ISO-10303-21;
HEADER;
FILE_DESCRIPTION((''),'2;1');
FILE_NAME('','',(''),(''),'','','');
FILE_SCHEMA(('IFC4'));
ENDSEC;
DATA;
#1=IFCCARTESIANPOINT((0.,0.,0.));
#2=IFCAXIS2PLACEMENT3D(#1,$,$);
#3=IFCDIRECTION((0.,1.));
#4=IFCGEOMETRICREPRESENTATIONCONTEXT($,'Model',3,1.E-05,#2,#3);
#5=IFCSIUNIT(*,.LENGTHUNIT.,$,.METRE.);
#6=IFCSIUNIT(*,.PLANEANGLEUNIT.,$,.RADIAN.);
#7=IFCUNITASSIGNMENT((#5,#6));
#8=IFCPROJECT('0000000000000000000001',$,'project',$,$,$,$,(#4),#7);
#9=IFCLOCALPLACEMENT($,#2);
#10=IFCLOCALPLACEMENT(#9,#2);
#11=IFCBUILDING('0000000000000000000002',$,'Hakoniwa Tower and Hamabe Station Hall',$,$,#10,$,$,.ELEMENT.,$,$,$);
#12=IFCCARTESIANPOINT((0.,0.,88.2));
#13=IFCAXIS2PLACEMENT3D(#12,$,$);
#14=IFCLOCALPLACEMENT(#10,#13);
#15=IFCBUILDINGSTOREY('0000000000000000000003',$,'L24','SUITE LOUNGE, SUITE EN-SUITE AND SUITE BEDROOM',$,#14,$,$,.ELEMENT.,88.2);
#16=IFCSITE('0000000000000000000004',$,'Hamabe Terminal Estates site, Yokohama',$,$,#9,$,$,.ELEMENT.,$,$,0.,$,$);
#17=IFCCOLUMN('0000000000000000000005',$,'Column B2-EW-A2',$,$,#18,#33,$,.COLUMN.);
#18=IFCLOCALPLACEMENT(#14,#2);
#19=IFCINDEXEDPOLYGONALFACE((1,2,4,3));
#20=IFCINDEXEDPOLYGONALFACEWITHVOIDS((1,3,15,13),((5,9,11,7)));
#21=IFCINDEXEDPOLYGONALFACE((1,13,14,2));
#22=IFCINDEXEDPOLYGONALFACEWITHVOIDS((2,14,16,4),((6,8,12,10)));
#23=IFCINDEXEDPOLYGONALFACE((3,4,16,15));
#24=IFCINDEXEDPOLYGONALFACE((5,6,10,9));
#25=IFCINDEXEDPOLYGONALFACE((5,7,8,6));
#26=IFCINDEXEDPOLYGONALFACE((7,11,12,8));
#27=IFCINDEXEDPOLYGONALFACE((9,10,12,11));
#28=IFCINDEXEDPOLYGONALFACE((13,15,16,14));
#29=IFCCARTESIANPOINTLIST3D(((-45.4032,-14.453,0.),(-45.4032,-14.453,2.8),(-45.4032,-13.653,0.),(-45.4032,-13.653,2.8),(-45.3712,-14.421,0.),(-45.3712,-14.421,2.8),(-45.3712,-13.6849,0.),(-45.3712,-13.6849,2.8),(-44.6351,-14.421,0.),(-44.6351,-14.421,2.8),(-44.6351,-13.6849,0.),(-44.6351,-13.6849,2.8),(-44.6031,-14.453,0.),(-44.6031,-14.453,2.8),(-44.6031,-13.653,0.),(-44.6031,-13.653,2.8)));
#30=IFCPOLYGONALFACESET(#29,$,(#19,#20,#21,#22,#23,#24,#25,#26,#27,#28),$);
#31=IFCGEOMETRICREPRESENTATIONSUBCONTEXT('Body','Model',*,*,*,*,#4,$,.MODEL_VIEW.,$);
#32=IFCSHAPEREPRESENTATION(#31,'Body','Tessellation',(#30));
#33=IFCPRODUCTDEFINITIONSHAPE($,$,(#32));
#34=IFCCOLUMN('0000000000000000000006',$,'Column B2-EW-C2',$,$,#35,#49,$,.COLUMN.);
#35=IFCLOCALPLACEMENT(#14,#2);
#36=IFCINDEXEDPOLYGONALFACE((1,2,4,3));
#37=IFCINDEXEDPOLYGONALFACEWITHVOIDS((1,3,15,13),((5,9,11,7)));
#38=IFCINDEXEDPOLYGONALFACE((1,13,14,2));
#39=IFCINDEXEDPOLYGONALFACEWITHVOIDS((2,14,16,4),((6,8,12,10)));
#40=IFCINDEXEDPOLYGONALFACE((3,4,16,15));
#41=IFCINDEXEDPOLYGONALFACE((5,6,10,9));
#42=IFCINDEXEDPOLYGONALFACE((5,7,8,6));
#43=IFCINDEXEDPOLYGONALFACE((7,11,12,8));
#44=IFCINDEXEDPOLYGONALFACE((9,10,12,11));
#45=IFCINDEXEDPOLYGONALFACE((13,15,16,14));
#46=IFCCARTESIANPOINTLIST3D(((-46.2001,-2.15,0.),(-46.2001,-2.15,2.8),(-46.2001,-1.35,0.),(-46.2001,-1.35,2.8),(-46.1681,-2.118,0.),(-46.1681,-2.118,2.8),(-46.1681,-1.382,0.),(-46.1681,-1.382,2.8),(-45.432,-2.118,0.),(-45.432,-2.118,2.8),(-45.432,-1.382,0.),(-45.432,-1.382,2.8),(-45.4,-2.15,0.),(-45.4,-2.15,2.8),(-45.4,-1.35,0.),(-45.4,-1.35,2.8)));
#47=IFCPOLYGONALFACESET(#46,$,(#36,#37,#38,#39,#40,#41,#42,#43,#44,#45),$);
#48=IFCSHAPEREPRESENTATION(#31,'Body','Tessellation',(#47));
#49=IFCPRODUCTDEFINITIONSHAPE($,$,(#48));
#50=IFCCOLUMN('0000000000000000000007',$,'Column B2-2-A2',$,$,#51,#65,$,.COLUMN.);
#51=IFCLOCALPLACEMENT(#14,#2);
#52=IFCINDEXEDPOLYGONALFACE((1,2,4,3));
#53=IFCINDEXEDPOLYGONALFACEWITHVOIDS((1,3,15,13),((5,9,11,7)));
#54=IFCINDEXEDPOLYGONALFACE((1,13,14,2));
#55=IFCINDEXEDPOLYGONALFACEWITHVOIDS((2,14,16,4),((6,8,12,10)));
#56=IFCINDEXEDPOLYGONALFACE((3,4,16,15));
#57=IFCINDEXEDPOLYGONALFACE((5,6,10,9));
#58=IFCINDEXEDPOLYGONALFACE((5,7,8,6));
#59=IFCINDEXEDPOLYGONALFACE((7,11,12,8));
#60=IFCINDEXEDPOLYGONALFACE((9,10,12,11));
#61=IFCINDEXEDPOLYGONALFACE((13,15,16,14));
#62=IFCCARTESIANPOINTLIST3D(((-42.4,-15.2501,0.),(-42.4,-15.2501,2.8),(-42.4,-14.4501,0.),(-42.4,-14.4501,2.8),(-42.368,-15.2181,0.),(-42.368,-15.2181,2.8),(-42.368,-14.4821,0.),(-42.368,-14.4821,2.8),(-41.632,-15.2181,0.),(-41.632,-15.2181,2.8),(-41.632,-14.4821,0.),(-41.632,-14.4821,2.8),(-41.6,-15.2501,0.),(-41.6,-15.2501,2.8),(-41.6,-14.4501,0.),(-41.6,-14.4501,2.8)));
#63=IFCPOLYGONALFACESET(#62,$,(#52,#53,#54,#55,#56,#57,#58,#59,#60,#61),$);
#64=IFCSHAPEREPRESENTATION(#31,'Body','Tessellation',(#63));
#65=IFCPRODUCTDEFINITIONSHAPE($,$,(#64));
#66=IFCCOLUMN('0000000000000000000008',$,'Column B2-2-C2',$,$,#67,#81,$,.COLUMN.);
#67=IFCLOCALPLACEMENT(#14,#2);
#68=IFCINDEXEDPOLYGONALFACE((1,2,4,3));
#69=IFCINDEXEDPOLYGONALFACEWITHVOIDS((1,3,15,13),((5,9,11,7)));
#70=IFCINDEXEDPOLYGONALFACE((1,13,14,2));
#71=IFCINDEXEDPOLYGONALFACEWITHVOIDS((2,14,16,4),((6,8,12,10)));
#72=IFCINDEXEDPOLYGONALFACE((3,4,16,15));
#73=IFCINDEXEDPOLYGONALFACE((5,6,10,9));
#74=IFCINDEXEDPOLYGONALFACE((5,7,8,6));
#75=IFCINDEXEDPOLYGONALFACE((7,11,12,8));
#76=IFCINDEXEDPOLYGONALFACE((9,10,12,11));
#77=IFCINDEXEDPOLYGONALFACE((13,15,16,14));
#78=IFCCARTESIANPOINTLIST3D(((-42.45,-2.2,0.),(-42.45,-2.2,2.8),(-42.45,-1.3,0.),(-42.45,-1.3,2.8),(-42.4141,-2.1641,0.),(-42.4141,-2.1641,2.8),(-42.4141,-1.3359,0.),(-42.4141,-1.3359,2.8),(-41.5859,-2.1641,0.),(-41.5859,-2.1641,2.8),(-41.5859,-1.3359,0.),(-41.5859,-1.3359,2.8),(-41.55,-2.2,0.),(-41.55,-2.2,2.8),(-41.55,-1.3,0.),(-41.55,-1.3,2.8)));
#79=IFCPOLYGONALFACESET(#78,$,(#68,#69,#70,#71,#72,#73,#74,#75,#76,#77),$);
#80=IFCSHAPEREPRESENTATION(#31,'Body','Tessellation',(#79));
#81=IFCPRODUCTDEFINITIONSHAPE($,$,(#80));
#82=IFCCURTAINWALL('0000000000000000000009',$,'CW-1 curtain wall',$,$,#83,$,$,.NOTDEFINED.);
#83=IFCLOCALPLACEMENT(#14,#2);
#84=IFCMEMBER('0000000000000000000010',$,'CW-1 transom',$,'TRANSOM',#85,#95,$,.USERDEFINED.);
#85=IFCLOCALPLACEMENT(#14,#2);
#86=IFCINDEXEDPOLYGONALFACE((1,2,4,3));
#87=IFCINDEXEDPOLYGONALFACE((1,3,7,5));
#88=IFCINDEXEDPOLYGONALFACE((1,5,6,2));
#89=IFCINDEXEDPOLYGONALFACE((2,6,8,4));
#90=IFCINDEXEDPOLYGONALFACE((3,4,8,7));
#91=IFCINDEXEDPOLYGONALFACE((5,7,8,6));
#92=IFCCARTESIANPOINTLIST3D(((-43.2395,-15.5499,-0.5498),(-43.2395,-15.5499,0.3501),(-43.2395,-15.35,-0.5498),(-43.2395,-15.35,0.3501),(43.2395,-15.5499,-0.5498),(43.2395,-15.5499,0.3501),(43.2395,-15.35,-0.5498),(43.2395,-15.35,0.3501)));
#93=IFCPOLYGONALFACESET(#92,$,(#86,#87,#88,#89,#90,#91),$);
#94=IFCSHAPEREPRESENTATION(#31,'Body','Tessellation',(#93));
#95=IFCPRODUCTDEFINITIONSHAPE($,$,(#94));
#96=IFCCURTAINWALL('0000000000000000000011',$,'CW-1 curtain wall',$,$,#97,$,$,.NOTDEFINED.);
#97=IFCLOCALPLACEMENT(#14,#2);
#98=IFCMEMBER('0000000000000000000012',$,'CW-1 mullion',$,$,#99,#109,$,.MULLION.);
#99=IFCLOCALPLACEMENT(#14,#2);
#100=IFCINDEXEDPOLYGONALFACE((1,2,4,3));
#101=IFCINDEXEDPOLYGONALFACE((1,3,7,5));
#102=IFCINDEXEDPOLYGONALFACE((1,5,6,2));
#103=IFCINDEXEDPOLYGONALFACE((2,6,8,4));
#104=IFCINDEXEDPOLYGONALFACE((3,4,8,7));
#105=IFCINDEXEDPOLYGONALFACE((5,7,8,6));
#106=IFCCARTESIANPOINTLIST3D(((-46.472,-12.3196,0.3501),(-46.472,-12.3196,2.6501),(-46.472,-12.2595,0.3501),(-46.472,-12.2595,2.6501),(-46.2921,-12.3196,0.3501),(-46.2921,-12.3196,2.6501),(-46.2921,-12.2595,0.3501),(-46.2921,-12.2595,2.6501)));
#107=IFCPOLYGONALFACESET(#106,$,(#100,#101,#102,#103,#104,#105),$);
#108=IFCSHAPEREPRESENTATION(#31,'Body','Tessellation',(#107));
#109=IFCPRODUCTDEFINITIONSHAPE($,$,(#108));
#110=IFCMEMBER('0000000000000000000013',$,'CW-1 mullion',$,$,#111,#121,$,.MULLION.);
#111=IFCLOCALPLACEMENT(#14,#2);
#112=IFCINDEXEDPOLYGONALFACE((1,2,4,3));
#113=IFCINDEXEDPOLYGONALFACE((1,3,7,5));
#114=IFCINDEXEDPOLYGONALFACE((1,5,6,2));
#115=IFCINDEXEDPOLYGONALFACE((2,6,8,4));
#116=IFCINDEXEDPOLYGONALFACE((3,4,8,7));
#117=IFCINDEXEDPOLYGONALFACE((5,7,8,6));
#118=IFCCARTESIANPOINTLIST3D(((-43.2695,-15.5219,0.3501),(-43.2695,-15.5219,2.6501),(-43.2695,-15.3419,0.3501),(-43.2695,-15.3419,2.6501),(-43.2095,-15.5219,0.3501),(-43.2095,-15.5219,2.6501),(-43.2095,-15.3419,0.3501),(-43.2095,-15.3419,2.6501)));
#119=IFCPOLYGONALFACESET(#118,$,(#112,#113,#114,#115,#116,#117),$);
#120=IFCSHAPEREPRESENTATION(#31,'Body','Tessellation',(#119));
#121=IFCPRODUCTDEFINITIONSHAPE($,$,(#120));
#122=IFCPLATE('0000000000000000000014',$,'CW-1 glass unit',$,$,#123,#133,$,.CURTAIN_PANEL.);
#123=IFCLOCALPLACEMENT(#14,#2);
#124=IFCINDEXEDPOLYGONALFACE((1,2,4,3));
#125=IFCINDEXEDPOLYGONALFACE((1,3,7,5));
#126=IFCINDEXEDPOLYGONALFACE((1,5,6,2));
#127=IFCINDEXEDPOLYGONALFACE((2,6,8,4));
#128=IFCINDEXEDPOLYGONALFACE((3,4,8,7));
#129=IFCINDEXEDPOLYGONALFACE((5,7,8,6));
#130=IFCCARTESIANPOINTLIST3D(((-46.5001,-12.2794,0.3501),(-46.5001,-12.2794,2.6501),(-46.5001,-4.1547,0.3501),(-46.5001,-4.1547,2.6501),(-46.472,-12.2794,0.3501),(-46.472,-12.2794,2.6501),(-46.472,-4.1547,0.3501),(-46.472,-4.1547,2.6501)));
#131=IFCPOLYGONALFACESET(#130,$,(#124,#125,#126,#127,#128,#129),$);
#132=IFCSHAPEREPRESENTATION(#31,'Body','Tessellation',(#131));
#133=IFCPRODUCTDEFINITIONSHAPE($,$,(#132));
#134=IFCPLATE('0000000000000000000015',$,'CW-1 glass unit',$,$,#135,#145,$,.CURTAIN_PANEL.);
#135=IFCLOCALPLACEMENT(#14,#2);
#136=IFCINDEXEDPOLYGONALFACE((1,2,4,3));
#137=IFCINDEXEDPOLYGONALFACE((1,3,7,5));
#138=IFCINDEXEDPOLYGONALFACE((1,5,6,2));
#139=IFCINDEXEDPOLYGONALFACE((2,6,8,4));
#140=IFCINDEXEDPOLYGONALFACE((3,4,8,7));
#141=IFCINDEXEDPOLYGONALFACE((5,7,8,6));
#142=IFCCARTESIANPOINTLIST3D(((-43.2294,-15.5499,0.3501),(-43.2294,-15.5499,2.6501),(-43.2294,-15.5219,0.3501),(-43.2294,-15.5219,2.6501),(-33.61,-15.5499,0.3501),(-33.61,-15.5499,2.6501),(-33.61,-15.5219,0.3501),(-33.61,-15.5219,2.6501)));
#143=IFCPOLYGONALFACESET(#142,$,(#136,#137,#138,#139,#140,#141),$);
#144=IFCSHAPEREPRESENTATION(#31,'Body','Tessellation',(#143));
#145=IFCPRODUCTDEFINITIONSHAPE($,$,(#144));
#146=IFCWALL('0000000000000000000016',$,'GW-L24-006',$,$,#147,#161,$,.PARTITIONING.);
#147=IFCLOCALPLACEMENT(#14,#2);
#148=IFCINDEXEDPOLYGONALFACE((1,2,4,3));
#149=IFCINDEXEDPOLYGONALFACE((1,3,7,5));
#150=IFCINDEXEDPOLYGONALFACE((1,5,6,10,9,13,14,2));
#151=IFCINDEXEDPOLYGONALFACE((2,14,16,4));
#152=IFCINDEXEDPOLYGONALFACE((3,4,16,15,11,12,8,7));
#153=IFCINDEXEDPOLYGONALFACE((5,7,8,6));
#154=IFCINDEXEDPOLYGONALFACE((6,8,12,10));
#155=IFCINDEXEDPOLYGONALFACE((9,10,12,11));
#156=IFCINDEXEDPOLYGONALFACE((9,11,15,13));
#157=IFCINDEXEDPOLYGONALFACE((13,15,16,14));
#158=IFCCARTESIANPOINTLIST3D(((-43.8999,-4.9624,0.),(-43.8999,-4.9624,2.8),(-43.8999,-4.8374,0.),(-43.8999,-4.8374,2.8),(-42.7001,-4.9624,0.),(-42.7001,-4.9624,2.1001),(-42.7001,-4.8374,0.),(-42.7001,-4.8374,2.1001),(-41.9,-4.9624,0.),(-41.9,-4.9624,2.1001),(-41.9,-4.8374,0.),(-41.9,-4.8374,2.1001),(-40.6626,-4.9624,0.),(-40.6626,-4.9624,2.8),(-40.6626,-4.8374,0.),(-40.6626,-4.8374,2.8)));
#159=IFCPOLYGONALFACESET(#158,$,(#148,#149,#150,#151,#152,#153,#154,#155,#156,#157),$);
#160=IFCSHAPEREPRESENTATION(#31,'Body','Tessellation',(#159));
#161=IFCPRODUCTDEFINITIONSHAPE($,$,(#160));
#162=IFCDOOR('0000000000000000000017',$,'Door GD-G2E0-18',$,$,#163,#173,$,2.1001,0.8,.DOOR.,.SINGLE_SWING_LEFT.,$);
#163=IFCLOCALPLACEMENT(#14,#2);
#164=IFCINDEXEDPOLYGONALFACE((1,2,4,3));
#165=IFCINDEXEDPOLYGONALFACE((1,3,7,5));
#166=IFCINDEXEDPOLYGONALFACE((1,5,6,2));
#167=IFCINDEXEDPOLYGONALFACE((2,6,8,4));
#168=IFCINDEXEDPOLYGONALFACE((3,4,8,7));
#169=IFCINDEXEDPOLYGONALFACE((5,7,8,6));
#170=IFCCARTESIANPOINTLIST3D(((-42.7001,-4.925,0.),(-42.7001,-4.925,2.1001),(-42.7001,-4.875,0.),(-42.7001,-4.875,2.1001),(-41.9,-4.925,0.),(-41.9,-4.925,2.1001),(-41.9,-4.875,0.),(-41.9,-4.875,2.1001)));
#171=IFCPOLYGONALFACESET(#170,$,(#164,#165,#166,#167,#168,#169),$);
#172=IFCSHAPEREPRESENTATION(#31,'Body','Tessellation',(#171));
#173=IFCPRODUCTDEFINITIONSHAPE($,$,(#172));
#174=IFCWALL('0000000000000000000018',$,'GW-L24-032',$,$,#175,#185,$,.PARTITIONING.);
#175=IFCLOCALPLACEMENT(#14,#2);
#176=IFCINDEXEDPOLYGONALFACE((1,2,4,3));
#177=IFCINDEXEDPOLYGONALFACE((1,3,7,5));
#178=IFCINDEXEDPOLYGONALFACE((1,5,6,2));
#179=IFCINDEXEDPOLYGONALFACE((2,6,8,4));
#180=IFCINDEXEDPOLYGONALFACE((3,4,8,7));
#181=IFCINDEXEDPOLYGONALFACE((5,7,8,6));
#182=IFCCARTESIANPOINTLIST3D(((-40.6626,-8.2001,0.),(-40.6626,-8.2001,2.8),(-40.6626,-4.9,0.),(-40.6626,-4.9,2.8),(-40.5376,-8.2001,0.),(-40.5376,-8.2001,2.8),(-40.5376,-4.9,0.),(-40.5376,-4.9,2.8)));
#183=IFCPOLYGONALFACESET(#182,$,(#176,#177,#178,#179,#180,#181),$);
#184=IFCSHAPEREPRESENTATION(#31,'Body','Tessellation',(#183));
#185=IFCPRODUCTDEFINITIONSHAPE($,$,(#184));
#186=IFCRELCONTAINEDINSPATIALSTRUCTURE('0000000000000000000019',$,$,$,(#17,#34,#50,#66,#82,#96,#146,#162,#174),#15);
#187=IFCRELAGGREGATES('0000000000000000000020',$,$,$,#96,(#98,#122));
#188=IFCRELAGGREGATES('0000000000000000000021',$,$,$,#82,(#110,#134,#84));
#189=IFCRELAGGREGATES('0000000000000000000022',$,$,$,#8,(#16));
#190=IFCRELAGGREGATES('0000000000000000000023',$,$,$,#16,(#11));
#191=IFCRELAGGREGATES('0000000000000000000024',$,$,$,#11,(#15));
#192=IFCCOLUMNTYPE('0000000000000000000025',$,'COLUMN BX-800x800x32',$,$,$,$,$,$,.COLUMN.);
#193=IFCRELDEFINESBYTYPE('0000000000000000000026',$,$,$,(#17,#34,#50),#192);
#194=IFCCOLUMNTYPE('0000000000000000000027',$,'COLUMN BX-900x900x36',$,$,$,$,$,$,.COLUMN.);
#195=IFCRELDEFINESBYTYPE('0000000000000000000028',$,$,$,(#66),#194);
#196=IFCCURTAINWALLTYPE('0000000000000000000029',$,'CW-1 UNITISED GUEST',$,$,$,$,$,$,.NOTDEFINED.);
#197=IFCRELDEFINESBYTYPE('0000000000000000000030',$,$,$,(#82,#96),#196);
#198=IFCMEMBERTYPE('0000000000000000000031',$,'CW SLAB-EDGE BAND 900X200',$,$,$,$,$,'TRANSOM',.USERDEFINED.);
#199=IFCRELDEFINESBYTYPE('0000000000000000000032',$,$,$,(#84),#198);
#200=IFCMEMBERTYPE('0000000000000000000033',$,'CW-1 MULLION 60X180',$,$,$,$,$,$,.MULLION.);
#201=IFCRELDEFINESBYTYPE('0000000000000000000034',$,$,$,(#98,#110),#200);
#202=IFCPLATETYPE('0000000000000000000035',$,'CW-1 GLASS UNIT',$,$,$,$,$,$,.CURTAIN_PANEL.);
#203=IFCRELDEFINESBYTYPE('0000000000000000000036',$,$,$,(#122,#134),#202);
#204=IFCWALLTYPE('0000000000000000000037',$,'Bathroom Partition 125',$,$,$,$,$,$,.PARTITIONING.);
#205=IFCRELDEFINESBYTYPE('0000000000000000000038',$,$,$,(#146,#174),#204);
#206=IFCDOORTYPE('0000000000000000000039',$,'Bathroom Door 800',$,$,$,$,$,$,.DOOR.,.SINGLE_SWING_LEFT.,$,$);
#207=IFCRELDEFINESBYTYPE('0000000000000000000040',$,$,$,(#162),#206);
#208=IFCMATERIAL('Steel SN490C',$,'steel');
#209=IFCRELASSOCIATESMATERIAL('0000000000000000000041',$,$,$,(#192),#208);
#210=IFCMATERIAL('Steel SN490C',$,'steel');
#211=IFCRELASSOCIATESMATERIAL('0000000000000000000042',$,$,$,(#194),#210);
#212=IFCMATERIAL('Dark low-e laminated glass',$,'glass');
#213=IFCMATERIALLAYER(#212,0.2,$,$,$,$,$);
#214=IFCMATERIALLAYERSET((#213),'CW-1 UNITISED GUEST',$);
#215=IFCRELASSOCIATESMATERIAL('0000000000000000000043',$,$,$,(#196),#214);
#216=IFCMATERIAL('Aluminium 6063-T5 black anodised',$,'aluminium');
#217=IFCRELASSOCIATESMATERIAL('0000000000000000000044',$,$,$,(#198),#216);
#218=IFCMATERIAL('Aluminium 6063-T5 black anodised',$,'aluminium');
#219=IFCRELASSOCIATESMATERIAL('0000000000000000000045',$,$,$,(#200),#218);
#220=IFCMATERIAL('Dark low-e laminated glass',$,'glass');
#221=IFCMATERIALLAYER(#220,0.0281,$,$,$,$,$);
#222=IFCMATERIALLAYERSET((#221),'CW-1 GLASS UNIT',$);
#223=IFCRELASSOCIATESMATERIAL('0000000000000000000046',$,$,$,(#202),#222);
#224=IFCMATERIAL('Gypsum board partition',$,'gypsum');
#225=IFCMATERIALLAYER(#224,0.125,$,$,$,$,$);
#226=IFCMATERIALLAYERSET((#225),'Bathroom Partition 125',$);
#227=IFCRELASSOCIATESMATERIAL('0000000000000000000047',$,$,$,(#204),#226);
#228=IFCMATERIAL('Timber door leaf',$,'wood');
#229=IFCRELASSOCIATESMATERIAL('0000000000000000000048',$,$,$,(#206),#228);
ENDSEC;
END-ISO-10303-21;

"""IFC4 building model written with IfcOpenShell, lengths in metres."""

from ifc_helpers import new_model, si_unit, direction, frame, frame_2d, origin, origin_2d, place, context, subcontext, project, spatial, rectangle, hollow_rectangle, extrude, material, layer, layer_set, material_profile, profile_set, type_object, element, fill, aggregate, save


model = new_model("IFC4")

# Units and contexts
model_context = context("Model", 3, precision=1e-05, world=origin(), true_north=direction((0.0, 1.0)))
body_context = subcontext(model_context, "Body", "Model", "MODEL_VIEW")
ifc_project = project(units=[si_unit("LENGTHUNIT", "METRE"), si_unit("PLANEANGLEUNIT", "RADIAN")], contexts=[model_context])

# Site, building, storey
site_placement = place(None, origin())
site = spatial("IfcSite", under=ifc_project, at=site_placement, Name="Hamabe Terminal Estates site, Yokohama", CompositionType="ELEMENT", RefElevation=0.0)
building_placement = place(site_placement, origin())
building = spatial("IfcBuilding", under=site, at=building_placement, Name="Hakoniwa Tower and Hamabe Station Hall", CompositionType="ELEMENT")
storey_placement = place(building_placement, frame((0.0, 0.0, 88.2)))
storey = spatial("IfcBuildingStorey", under=building, at=storey_placement, Name="L24", Description="SUITE LOUNGE, SUITE EN-SUITE AND SUITE BEDROOM", CompositionType="ELEMENT", Elevation=88.2)

# Columns
ifc_material_1 = material(Name="Steel SN490C", Category="steel")
ifc_material_profile_1 = material_profile(ifc_material_1, hollow_rectangle(XDim=0.8, YDim=0.8, WallThickness=0.032, at=origin_2d()), Name="BX-800x800x32")
ifc_profile_set_1 = profile_set([ifc_material_profile_1], Name="Steel SN490C")
column_type_1 = type_object("IfcColumnType", Name="COLUMN BX-800x800x32", PredefinedType="COLUMN", material=ifc_profile_set_1)
for number, where, z_axis, x_axis, name in (
    (1, (-45.0032, -14.053, 0.0), (0.0, 0.0, 1.0), (1.0, 0.0, 0.0), "Column B2-EW-A2"),
    (2, (-45.8, -1.75, 0.0), (0.0, 0.0, 1.0), (1.0, 0.0, 0.0), "Column B2-EW-C2"),
    (3, (-42.0, -14.8501, 0.0), (0.0, 0.0, 1.0), (1.0, 0.0, 0.0), "Column B2-2-A2"),
):
    element("IfcColumn", number, at=place(storey_placement, frame(where, z_axis=z_axis, x_axis=x_axis)), inside=storey, type_object=column_type_1, Name=name, PredefinedType="COLUMN", context=body_context, shape_type="SweptSolid", body=[
        extrude(hollow_rectangle(XDim=0.8, YDim=0.8, WallThickness=0.032, at=origin_2d()), origin(), (0.0, 0.0, 1.0), 2.8),
    ])
ifc_material_2 = material(Name="Steel SN490C", Category="steel")
ifc_material_profile_2 = material_profile(ifc_material_2, hollow_rectangle(XDim=0.8999, YDim=0.8999, WallThickness=0.0359, at=origin_2d()), Name="BX-900x900x36")
ifc_profile_set_2 = profile_set([ifc_material_profile_2], Name="Steel SN490C")
column_type_2 = type_object("IfcColumnType", Name="COLUMN BX-900x900x36", PredefinedType="COLUMN", material=ifc_profile_set_2)
column_placement = place(storey_placement, frame((-42.0, -1.75, 0.0), z_axis=(0.0, 0.0, 1.0), x_axis=(1.0, 0.0, 0.0)))
element("IfcColumn", 4, at=column_placement, inside=storey, type_object=column_type_2, Name="Column B2-2-C2", PredefinedType="COLUMN", context=body_context, shape_type="SweptSolid", body=[
    extrude(hollow_rectangle(XDim=0.8999, YDim=0.8999, WallThickness=0.0359, at=origin_2d()), origin(), (0.0, 0.0, 1.0), 2.8),
])

# Curtain walls, members
ifc_material_3 = material(Name="Dark low-e laminated glass", Category="glass")
ifc_layer_1 = layer(ifc_material_3, 0.2)
ifc_layer_set_1 = layer_set([ifc_layer_1], Name="CW-1 UNITISED GUEST")
curtain_wall_type = type_object("IfcCurtainWallType", Name="CW-1 UNITISED GUEST", PredefinedType="NOTDEFINED", material=ifc_layer_set_1)
curtain_wall_1_placement = place(storey_placement, origin())
curtain_wall_1 = element("IfcCurtainWall", 5, at=curtain_wall_1_placement, inside=storey, type_object=curtain_wall_type, Name="CW-1 curtain wall", PredefinedType="NOTDEFINED")
ifc_material_4 = material(Name="Aluminium 6063-T5 black anodised", Category="aluminium")
ifc_material_profile_3 = material_profile(ifc_material_4, rectangle(XDim=0.2, YDim=0.8999, at=origin_2d()), Name="CW SLAB-EDGE BAND 900X200")
ifc_profile_set_3 = profile_set([ifc_material_profile_3], Name="Aluminium 6063-T5 black anodised")
member_type_1 = type_object("IfcMemberType", Name="CW SLAB-EDGE BAND 900X200", ElementType="TRANSOM", PredefinedType="USERDEFINED", material=ifc_profile_set_3)
member_1_placement = place(storey_placement, frame((-43.2395, -15.45, -0.0999), z_axis=(1.0, 0.0, 0.0), x_axis=(0.0, 1.0, 0.0)))
member_1 = element("IfcMember", 6, at=member_1_placement, type_object=member_type_1, Name="CW-1 transom", ObjectType="TRANSOM", PredefinedType="USERDEFINED", context=body_context, shape_type="SweptSolid", body=[
    extrude(rectangle(XDim=0.2, YDim=0.8999, at=origin_2d()), origin(), (0.0, 0.0, 1.0), 86.479),
])
curtain_wall_2_placement = place(storey_placement, origin())
curtain_wall_2 = element("IfcCurtainWall", 7, at=curtain_wall_2_placement, inside=storey, type_object=curtain_wall_type, Name="CW-1 curtain wall", PredefinedType="NOTDEFINED")
ifc_material_5 = material(Name="Aluminium 6063-T5 black anodised", Category="aluminium")
ifc_material_profile_4 = material_profile(ifc_material_5, rectangle(XDim=0.0601, YDim=0.1799, at=origin_2d()), Name="CW-1 MULLION 60X180")
ifc_profile_set_4 = profile_set([ifc_material_profile_4], Name="Aluminium 6063-T5 black anodised")
member_type_2 = type_object("IfcMemberType", Name="CW-1 MULLION 60X180", PredefinedType="MULLION", material=ifc_profile_set_4)
member_2_placement = place(storey_placement, frame((-46.3821, -12.2896, 0.3501), z_axis=(0.0, 0.0, 1.0), x_axis=(0.0, -1.0, 0.0)))
member_2 = element("IfcMember", 8, at=member_2_placement, type_object=member_type_2, Name="CW-1 mullion", PredefinedType="MULLION", context=body_context, shape_type="SweptSolid", body=[
    extrude(rectangle(XDim=0.0601, YDim=0.1799, at=origin_2d()), origin(), (0.0, 0.0, 1.0), 2.3),
])

# Member
member_3_placement = place(storey_placement, frame((-43.2395, -15.4319, 0.3501), z_axis=(0.0, 0.0, 1.0), x_axis=(1.0, 0.0, 0.0)))
member_3 = element("IfcMember", 9, at=member_3_placement, type_object=member_type_2, Name="CW-1 mullion", PredefinedType="MULLION", context=body_context, shape_type="SweptSolid", body=[
    extrude(rectangle(XDim=0.0601, YDim=0.1799, at=origin_2d()), origin(), (0.0, 0.0, 1.0), 2.3),
])

# Plates
ifc_material_6 = material(Name="Dark low-e laminated glass", Category="glass")
ifc_layer_2 = layer(ifc_material_6, 0.0281)
ifc_layer_set_2 = layer_set([ifc_layer_2], Name="CW-1 GLASS UNIT")
plate_type = type_object("IfcPlateType", Name="CW-1 GLASS UNIT", PredefinedType="CURTAIN_PANEL", material=ifc_layer_set_2)
plate_1_placement = place(storey_placement, frame((-46.4861, -8.217, 0.3501), z_axis=(0.0, 0.0, 1.0), x_axis=(0.0, -1.0, 0.0)))
plate_1 = element("IfcPlate", 10, at=plate_1_placement, type_object=plate_type, Name="CW-1 glass unit", PredefinedType="CURTAIN_PANEL", context=body_context, shape_type="SweptSolid", body=[
    extrude(rectangle(XDim=8.1248, YDim=0.0281, at=origin_2d()), origin(), (0.0, 0.0, 1.0), 2.3),
])
aggregate(curtain_wall_2, [member_2, plate_1])
plate_2_placement = place(storey_placement, frame((-38.4197, -15.5359, 0.3501), z_axis=(0.0, 0.0, 1.0), x_axis=(1.0, 0.0, 0.0)))
plate_2 = element("IfcPlate", 11, at=plate_2_placement, type_object=plate_type, Name="CW-1 glass unit", PredefinedType="CURTAIN_PANEL", context=body_context, shape_type="SweptSolid", body=[
    extrude(rectangle(XDim=9.6194, YDim=0.0281, at=origin_2d()), origin(), (0.0, 0.0, 1.0), 2.3),
])
aggregate(curtain_wall_1, [member_3, plate_2, member_1])

# Wall, opening, door
ifc_material_7 = material(Name="Gypsum board partition", Category="gypsum")
ifc_layer_3 = layer(ifc_material_7, 0.125)
ifc_layer_set_3 = layer_set([ifc_layer_3], Name="Bathroom Partition 125")
wall_type_1 = type_object("IfcWallType", Name="Bathroom Partition 125", PredefinedType="PARTITIONING", material=ifc_layer_set_3)
wall_1_placement = place(storey_placement, frame((-43.8999, -4.8999, 0.0), z_axis=(0.0, 0.0, 1.0), x_axis=(1.0, 0.0, 0.0)))
wall_1 = element("IfcWall", 12, at=wall_1_placement, inside=storey, type_object=wall_type_1, Name="GW-L24-006", PredefinedType="PARTITIONING", context=body_context, shape_type="SweptSolid", body=[
    extrude(rectangle(XDim=3.2373, YDim=0.125, at=frame_2d((1.6187, 0.0))), origin(), (0.0, 0.0, 1.0), 2.8),
])
opening_1_placement = place(wall_1_placement, frame((1.2, 0.0, 0.0)))
opening_1 = element("IfcOpeningElement", 13, at=opening_1_placement, cuts=wall_1, PredefinedType="OPENING", context=body_context, shape_type="SweptSolid", body=[
    extrude(rectangle(XDim=0.8, YDim=2.1001, at=frame_2d((0.3999, 1.05))), frame((0.0, 0.0725, 0.0), z_axis=(0.0, -1.0, 0.0), x_axis=(1.0, 0.0, 0.0)), (0.0, 0.0, 1.0), 0.145),
])
ifc_material_8 = material(Name="Timber door leaf", Category="wood")
door_type_1 = type_object("IfcDoorType", Name="Bathroom Door 800", OperationType="SINGLE_SWING_LEFT", PredefinedType="DOOR", material=ifc_material_8)
door_1_placement = place(opening_1_placement, origin())
door_1 = element("IfcDoor", 14, at=door_1_placement, inside=storey, type_object=door_type_1, Name="Door GD-G2E0-18", OperationType="SINGLE_SWING_LEFT", OverallHeight=2.1001, OverallWidth=0.8, PredefinedType="DOOR", context=body_context, shape_type="SweptSolid", body=[
    extrude(rectangle(XDim=0.8, YDim=2.1001, at=frame_2d((0.3999, 1.05))), frame((0.0, 0.0249, 0.0), z_axis=(0.0, -1.0, 0.0), x_axis=(1.0, 0.0, 0.0)), (0.0, 0.0, 1.0), 0.05),
])
fill(opening_1, door_1)

# Wall
wall_2_placement = place(storey_placement, frame((-40.6001, -8.2, 0.0), z_axis=(0.0, 0.0, 1.0), x_axis=(0.0, 1.0, 0.0)))
element("IfcWall", 15, at=wall_2_placement, inside=storey, type_object=wall_type_1, Name="GW-L24-032", PredefinedType="PARTITIONING", context=body_context, shape_type="SweptSolid", body=[
    extrude(rectangle(XDim=3.3, YDim=0.125, at=frame_2d((1.6499, 0.0))), origin(), (0.0, 0.0, 1.0), 2.8),
])

save(model, "model.ifc")
